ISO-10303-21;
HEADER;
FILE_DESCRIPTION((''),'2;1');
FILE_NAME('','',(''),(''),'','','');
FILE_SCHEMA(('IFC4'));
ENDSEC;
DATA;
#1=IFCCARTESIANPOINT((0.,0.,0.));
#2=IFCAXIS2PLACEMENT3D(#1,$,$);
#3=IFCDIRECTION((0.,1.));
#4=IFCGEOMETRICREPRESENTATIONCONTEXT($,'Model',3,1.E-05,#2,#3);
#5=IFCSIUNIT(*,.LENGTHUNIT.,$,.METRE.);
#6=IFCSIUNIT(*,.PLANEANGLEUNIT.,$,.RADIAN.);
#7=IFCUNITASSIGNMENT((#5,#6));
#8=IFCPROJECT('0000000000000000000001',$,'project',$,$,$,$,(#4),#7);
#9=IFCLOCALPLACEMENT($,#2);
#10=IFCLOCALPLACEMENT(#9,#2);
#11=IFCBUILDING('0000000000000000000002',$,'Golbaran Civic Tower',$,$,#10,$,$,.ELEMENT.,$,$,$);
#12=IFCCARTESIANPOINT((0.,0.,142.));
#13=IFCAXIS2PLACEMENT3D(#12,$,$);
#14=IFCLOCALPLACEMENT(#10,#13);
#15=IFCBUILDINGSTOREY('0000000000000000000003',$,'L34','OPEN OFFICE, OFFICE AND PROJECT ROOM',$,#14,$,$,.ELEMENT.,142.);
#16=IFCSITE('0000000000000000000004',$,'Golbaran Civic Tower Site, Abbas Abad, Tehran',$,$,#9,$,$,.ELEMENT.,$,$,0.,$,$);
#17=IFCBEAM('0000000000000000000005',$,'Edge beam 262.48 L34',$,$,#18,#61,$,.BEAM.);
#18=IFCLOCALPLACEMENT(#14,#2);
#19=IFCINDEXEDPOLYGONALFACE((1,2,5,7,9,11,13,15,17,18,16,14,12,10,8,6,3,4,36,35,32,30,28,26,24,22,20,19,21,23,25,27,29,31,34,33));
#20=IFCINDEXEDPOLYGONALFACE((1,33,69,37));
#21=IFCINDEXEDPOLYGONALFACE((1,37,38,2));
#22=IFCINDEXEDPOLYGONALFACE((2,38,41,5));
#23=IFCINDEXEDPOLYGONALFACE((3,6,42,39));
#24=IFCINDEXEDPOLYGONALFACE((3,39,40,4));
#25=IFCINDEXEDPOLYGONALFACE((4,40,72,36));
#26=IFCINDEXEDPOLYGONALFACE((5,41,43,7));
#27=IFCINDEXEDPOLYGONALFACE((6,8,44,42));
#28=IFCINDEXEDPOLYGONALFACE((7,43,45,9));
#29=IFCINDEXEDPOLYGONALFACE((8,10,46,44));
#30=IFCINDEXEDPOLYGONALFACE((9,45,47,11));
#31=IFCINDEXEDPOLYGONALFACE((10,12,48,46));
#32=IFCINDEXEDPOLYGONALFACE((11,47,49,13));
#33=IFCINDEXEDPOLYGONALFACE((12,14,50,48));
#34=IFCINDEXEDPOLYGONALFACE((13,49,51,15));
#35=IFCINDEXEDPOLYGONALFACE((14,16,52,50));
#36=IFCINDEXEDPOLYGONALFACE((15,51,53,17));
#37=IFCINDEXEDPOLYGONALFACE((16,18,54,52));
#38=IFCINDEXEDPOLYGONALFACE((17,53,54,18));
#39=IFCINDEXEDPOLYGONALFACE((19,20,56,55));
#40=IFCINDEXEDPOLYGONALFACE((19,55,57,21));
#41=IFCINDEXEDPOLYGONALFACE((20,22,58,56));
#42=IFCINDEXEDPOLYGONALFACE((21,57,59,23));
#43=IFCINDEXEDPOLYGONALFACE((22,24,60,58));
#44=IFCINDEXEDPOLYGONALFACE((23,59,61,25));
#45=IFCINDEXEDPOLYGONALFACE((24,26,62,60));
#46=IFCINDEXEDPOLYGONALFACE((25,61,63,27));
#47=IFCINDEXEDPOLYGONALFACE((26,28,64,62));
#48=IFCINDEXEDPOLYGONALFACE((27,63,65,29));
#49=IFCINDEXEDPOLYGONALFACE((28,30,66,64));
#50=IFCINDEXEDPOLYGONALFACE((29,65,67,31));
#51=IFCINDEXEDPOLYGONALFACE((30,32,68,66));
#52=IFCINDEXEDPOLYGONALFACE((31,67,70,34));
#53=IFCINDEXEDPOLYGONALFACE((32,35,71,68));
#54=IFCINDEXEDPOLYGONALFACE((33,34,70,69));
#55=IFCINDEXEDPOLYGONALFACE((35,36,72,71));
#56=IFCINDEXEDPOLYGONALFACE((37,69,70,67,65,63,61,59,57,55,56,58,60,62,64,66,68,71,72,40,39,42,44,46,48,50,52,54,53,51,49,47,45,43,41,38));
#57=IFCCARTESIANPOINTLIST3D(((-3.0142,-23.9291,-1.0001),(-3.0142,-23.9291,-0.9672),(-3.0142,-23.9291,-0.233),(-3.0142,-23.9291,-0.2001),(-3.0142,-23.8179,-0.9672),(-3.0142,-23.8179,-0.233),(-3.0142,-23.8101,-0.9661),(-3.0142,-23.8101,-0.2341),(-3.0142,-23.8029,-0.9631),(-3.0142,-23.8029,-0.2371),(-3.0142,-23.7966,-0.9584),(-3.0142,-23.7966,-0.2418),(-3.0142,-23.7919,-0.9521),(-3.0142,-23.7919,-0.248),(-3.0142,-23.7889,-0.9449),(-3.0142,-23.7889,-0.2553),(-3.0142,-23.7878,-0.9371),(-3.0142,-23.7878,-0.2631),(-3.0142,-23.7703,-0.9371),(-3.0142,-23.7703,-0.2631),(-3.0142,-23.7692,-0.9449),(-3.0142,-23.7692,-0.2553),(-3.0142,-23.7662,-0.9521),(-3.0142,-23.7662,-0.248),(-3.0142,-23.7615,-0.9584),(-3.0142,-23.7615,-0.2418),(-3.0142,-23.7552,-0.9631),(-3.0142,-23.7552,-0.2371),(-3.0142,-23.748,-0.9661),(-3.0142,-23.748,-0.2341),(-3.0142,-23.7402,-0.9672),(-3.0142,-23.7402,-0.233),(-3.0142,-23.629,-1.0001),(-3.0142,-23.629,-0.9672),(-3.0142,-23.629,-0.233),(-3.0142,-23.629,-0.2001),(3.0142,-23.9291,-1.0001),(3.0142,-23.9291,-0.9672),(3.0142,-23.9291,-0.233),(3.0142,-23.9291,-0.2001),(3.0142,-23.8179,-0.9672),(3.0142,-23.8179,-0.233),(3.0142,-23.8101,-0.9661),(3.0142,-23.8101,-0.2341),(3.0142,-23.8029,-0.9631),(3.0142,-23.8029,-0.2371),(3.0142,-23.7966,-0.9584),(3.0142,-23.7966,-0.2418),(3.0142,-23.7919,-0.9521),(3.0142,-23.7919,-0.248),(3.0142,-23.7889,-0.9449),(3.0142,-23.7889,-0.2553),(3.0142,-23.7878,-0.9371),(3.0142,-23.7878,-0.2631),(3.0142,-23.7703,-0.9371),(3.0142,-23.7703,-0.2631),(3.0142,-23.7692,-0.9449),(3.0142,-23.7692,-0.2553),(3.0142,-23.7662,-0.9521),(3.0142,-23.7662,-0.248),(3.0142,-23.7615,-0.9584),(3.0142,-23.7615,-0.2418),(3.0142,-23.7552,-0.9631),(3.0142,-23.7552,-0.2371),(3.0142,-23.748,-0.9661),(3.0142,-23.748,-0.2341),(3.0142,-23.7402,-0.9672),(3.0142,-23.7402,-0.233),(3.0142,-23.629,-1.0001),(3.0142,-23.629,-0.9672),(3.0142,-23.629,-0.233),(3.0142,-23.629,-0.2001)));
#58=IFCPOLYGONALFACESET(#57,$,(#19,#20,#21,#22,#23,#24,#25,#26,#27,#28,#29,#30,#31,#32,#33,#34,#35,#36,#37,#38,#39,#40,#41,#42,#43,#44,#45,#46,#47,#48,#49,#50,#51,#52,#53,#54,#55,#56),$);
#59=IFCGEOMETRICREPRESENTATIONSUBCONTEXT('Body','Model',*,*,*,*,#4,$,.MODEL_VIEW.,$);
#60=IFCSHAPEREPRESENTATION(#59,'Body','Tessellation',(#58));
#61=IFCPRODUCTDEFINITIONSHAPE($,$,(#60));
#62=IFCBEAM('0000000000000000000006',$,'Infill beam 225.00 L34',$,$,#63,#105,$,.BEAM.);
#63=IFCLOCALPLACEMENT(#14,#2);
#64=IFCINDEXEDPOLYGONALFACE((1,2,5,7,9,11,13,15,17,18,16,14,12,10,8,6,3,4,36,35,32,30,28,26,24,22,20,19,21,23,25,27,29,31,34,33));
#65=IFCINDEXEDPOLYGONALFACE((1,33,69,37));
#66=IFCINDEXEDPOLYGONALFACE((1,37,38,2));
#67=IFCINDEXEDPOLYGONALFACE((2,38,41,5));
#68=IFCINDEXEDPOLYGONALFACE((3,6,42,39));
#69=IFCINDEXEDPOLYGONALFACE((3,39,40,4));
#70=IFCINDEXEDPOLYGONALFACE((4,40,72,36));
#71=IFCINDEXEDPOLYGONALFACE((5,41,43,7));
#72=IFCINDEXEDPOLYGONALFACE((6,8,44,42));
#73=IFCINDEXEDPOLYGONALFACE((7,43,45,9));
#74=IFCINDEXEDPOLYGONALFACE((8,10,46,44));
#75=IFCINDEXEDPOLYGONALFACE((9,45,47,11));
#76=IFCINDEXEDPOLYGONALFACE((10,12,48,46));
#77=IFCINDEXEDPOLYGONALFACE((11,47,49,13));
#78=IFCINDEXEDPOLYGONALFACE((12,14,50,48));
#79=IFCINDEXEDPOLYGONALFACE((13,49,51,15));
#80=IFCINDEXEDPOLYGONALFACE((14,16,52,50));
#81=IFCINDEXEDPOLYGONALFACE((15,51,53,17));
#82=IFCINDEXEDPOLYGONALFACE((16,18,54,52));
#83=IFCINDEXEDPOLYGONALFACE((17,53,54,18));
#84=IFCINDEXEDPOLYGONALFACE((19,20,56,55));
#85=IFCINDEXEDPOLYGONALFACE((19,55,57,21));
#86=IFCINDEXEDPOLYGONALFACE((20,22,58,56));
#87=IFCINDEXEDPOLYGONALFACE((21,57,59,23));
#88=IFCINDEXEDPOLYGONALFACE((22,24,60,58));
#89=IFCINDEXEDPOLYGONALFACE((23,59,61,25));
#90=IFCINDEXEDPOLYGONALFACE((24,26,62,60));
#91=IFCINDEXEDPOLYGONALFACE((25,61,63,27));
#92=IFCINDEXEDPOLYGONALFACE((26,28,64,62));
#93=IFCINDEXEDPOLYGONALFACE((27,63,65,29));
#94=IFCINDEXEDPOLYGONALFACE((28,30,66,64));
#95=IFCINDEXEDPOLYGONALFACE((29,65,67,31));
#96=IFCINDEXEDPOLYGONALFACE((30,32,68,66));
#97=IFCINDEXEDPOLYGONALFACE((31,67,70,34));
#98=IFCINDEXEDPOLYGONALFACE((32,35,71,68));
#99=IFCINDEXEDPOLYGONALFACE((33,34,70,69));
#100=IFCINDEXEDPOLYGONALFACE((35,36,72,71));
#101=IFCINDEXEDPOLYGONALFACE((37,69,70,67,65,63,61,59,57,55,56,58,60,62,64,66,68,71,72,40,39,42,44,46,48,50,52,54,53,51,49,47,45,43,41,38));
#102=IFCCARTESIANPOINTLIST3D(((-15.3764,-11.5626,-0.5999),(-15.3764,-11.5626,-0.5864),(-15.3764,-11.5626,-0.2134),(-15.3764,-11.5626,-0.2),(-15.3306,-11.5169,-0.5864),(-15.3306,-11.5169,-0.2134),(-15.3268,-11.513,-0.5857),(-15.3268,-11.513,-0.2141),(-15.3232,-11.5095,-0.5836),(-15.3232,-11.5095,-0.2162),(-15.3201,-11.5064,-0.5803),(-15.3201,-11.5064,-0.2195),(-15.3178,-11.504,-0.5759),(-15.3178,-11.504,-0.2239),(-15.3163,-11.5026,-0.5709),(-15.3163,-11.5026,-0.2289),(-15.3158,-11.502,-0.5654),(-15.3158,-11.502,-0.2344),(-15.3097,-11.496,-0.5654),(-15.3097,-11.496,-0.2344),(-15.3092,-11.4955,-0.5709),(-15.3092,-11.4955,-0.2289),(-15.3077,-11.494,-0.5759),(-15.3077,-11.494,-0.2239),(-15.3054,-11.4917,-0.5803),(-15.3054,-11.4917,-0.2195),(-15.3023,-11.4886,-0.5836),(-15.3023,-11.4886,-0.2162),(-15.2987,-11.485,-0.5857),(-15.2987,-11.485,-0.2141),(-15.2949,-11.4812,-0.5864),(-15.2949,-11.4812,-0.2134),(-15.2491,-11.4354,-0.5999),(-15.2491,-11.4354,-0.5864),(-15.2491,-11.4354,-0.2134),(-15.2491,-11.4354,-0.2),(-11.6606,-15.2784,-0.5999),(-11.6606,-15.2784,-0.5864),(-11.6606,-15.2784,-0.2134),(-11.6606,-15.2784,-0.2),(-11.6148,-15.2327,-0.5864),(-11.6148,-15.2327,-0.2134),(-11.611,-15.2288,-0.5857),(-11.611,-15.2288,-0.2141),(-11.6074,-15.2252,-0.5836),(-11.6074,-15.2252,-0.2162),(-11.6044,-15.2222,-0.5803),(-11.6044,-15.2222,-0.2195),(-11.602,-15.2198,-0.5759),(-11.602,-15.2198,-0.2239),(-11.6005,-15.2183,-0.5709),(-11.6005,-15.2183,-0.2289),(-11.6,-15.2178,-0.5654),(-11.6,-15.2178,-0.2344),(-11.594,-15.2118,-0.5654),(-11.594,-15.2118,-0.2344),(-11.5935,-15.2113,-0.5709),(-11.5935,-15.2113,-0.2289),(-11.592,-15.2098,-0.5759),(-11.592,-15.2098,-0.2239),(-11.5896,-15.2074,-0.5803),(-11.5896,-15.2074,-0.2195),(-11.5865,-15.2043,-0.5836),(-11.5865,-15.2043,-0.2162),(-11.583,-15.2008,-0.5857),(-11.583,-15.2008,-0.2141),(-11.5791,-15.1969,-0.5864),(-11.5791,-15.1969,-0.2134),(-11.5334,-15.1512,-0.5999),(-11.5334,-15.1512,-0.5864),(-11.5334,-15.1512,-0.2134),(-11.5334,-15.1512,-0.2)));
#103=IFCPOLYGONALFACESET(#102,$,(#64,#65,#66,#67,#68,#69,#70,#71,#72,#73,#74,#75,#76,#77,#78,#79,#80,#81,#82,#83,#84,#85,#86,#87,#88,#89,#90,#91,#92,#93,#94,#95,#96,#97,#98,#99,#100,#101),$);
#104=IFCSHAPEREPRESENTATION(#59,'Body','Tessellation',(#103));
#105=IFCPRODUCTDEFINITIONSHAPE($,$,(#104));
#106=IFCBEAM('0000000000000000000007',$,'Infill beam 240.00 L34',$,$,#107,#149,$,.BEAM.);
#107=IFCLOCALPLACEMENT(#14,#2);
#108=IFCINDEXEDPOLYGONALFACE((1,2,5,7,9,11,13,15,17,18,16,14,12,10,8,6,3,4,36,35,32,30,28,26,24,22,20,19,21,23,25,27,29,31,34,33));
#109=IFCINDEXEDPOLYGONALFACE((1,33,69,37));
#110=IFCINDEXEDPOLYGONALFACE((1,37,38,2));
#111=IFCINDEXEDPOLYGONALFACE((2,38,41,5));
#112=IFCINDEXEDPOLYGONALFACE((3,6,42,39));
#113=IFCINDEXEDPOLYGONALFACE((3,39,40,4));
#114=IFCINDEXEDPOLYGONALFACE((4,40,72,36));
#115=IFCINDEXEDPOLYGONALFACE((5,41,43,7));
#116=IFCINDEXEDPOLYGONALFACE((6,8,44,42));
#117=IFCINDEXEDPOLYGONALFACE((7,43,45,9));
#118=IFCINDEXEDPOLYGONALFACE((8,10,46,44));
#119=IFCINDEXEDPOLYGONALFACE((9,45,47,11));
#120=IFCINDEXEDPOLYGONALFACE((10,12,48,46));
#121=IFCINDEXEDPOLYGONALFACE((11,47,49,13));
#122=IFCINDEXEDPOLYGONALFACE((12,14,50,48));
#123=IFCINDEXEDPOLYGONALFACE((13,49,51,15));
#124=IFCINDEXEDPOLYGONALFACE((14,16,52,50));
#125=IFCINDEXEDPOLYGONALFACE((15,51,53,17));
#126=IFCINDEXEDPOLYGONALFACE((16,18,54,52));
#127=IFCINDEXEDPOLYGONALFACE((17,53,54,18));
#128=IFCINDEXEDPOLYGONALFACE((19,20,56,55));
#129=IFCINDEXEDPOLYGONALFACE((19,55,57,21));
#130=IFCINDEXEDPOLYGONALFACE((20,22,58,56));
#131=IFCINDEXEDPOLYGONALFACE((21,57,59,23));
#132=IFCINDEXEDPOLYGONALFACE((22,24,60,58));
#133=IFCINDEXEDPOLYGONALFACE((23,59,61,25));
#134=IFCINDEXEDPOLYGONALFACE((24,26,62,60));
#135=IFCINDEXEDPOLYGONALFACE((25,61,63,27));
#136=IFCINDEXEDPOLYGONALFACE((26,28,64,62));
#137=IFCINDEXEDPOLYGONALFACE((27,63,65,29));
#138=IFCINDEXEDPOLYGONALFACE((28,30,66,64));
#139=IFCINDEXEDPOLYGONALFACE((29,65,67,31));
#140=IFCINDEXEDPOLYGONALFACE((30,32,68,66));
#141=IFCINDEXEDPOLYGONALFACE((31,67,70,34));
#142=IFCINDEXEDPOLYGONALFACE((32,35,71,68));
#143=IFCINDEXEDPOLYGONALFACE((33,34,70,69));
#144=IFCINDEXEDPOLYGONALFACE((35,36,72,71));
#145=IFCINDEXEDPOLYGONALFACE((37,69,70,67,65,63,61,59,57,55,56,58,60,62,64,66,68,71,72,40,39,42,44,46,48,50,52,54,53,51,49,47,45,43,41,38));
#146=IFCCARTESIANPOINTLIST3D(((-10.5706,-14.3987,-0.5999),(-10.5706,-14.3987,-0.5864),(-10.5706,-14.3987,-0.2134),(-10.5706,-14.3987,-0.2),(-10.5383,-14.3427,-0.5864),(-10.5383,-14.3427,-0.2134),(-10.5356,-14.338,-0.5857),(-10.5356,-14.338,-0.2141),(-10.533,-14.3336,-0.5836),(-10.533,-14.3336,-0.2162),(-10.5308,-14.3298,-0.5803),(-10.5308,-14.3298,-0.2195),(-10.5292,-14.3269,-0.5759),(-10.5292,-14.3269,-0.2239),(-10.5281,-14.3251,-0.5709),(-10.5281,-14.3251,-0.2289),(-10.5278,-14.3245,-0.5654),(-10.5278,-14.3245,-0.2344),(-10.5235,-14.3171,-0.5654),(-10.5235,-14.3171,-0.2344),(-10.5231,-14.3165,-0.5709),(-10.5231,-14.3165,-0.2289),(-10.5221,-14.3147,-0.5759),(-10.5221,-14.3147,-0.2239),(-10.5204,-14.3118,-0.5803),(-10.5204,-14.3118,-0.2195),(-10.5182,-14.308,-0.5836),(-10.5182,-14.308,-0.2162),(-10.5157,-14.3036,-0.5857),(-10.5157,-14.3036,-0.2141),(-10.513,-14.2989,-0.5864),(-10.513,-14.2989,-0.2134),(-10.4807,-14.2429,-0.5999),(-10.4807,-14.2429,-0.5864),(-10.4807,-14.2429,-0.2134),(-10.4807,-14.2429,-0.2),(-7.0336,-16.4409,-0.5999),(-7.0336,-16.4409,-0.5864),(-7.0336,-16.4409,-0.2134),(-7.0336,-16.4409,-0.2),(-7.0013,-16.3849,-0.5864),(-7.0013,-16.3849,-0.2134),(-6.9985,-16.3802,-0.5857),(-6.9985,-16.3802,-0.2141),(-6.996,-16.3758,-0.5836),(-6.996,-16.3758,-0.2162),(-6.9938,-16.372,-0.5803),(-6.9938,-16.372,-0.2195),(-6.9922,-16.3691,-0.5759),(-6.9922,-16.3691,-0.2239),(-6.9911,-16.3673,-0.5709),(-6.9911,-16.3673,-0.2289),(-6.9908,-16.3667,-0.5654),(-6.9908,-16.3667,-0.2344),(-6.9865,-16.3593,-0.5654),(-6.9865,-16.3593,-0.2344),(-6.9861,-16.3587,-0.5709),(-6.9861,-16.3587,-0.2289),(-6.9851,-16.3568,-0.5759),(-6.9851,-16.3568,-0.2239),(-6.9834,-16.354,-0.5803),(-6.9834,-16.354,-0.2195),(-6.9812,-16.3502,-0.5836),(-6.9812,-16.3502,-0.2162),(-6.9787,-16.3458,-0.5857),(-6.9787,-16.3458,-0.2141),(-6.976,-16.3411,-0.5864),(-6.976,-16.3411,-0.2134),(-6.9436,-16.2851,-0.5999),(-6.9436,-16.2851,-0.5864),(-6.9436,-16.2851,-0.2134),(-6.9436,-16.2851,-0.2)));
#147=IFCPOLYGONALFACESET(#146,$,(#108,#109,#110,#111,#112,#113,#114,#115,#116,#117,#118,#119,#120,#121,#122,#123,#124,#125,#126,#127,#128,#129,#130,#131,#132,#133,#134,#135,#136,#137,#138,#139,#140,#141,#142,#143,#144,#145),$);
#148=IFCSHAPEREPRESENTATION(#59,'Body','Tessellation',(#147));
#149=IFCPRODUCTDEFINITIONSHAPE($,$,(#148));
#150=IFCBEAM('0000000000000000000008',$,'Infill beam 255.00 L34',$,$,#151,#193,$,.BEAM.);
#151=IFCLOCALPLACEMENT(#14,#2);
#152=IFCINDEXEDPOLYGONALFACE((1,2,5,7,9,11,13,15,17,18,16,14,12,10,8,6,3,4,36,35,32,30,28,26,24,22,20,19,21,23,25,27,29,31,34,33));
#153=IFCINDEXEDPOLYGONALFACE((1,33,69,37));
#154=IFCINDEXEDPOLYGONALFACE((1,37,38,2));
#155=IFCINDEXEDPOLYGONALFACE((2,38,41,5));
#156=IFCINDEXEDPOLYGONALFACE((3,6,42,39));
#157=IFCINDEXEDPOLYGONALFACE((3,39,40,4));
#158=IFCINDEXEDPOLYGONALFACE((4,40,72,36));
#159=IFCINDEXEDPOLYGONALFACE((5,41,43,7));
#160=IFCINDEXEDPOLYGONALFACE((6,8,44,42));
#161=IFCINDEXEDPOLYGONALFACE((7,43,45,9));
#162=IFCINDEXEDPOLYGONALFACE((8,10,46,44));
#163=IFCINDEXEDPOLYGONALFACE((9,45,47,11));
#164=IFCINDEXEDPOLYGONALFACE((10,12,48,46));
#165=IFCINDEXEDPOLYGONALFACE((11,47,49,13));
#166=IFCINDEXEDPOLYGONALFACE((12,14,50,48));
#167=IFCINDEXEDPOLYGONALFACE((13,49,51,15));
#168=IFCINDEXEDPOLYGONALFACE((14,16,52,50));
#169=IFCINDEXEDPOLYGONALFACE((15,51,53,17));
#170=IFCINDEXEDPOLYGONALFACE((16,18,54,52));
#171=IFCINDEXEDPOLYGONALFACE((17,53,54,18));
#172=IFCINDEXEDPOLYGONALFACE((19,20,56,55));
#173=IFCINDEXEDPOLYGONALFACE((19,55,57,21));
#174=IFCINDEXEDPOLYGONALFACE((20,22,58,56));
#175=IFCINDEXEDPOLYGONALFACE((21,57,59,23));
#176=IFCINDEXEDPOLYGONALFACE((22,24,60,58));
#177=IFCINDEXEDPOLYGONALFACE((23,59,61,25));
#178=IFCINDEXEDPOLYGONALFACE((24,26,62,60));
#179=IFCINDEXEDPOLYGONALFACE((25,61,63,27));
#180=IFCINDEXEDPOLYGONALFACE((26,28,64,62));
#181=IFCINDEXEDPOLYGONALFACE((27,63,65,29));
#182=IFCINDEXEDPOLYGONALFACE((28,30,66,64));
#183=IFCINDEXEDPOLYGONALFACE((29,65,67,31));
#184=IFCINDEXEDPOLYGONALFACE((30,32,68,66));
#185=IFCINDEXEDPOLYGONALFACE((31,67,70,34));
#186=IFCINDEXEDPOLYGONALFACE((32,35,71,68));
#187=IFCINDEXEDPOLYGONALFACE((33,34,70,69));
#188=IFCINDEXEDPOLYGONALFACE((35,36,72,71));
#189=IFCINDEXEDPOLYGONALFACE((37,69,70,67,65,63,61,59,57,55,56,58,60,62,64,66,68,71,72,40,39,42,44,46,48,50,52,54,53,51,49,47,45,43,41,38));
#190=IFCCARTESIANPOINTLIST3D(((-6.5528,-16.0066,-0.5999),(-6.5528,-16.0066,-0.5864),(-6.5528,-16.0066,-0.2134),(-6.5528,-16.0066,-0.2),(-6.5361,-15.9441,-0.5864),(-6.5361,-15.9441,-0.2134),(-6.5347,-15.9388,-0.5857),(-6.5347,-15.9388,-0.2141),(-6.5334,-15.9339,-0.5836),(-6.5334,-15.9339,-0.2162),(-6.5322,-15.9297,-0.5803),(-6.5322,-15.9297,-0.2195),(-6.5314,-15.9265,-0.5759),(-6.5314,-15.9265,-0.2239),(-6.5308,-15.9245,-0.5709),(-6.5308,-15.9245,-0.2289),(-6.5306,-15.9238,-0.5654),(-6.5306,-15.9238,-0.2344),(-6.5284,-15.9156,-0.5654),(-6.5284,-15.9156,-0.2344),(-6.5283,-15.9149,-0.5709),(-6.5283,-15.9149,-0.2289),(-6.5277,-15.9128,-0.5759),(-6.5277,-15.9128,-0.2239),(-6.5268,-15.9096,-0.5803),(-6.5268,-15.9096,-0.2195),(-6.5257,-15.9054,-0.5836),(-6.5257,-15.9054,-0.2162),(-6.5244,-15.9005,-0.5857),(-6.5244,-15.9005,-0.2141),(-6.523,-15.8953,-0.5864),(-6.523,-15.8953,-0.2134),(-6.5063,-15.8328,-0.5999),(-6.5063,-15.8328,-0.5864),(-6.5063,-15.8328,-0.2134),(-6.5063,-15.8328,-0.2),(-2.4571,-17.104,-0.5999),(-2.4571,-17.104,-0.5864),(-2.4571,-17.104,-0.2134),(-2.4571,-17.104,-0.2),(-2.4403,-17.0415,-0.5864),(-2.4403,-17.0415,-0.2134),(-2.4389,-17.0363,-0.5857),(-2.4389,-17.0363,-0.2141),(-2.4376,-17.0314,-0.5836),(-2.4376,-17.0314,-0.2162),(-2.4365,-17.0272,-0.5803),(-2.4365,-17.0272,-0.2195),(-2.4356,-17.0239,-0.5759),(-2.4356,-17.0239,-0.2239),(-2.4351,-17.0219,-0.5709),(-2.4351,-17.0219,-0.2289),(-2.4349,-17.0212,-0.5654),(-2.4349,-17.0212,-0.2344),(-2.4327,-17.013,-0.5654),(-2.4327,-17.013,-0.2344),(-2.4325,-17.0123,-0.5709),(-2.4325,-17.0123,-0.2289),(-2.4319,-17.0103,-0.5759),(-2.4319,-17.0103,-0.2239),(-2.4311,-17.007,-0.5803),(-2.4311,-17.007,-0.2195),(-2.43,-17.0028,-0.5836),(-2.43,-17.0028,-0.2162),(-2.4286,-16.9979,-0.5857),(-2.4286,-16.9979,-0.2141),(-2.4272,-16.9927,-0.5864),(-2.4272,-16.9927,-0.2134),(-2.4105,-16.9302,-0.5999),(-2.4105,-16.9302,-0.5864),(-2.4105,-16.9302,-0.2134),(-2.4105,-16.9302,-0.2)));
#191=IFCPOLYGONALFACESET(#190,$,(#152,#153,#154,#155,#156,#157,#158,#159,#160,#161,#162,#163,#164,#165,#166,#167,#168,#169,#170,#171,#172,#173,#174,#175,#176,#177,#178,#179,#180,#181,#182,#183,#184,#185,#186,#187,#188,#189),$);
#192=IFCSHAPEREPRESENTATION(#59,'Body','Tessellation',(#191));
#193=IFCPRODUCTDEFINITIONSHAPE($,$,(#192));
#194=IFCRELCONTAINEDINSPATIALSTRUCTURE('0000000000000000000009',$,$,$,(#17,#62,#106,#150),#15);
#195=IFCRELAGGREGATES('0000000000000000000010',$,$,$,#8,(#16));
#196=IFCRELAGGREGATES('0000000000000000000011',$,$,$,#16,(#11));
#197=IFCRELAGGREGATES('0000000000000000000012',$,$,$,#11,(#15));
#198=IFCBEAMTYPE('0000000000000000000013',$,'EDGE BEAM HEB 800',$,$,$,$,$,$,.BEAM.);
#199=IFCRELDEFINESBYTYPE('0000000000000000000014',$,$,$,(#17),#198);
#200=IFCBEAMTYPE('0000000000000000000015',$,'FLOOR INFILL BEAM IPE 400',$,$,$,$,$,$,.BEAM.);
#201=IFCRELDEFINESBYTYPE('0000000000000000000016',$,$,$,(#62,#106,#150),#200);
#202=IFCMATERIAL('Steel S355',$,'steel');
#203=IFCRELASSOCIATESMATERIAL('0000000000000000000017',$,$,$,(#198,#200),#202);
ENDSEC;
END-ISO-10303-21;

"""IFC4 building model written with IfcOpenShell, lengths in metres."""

from ifc_helpers import new_model, si_unit, direction, frame, origin, origin_2d, place, context, subcontext, project, spatial, i_section, extrude, material, material_profile, profile_set, type_object, element, save


model = new_model("IFC4")

# Units and contexts
model_context = context("Model", 3, precision=1e-05, world=origin(), true_north=direction((0.0, 1.0)))
body_context = subcontext(model_context, "Body", "Model", "MODEL_VIEW")
ifc_project = project(units=[si_unit("LENGTHUNIT", "METRE"), si_unit("PLANEANGLEUNIT", "RADIAN")], contexts=[model_context])

# Site, building, storey
site_placement = place(None, origin())
site = spatial("IfcSite", under=ifc_project, at=site_placement, Name="Golbaran Civic Tower Site, Abbas Abad, Tehran", CompositionType="ELEMENT", RefElevation=0.0)
building_placement = place(site_placement, origin())
building = spatial("IfcBuilding", under=site, at=building_placement, Name="Golbaran Civic Tower", CompositionType="ELEMENT")
storey_placement = place(building_placement, frame((0.0, 0.0, 142.0)))
storey = spatial("IfcBuildingStorey", under=building, at=storey_placement, Name="L34", Description="OPEN OFFICE, OFFICE AND PROJECT ROOM", CompositionType="ELEMENT", Elevation=142.0)

# Beams
ifc_material_1 = material(Name="Steel S355", Category="steel")
ifc_material_profile_1 = material_profile(ifc_material_1, i_section(OverallWidth=0.3, OverallDepth=0.8, WebThickness=0.0176, FlangeThickness=0.033, FilletRadius=0.03, at=origin_2d()), Name="HEB 800")
ifc_profile_set_1 = profile_set([ifc_material_profile_1], Name="Steel S355")
beam_type_1 = type_object("IfcBeamType", Name="EDGE BEAM HEB 800", PredefinedType="BEAM", material=ifc_profile_set_1)
beam_1_placement = place(storey_placement, frame((-3.0142, -23.7791, -0.6001), z_axis=(1.0, 0.0, 0.0), x_axis=(0.0, 1.0, 0.0)))
element("IfcBeam", 1, at=beam_1_placement, inside=storey, type_object=beam_type_1, Name="Edge beam 262.48 L34", PredefinedType="BEAM", context=body_context, shape_type="SweptSolid", body=[
    extrude(i_section(OverallWidth=0.3, OverallDepth=0.8, WebThickness=0.0176, FlangeThickness=0.033, FilletRadius=0.03, at=origin_2d()), origin(), (0.0, 0.0, 1.0), 6.0283),
])
ifc_material_profile_2 = material_profile(ifc_material_1, i_section(OverallWidth=0.1799, OverallDepth=0.3999, WebThickness=0.0085, FlangeThickness=0.0134, FilletRadius=0.021, at=origin_2d()), Name="IPE 400")
ifc_profile_set_2 = profile_set([ifc_material_profile_2], Name="Steel S355")
beam_type_2 = type_object("IfcBeamType", Name="FLOOR INFILL BEAM IPE 400", PredefinedType="BEAM", material=ifc_profile_set_2)
beam_2_placement = place(storey_placement, frame((-15.3127, -11.499, -0.3999), z_axis=(0.707107, -0.707107, 0.0), x_axis=(0.707107, 0.707107, 0.0)))
element("IfcBeam", 2, at=beam_2_placement, inside=storey, type_object=beam_type_2, Name="Infill beam 225.00 L34", PredefinedType="BEAM", context=body_context, shape_type="SweptSolid", body=[
    extrude(i_section(OverallWidth=0.1799, OverallDepth=0.3999, WebThickness=0.0085, FlangeThickness=0.0134, FilletRadius=0.021, at=origin_2d()), origin(), (0.0, 0.0, 1.0), 5.2549),
])
beam_3_placement = place(storey_placement, frame((-10.5256, -14.3208, -0.3999), z_axis=(0.866016, -0.500016, 0.0), x_axis=(0.500016, 0.866016, 0.0)))
element("IfcBeam", 3, at=beam_3_placement, inside=storey, type_object=beam_type_2, Name="Infill beam 240.00 L34", PredefinedType="BEAM", context=body_context, shape_type="SweptSolid", body=[
    extrude(i_section(OverallWidth=0.1799, OverallDepth=0.3999, WebThickness=0.0085, FlangeThickness=0.0134, FilletRadius=0.021, at=origin_2d()), origin(), (0.0, 0.0, 1.0), 4.0842),
])
beam_4_placement = place(storey_placement, frame((-6.5295, -15.9197, -0.3999), z_axis=(0.965927, -0.258813, 0.0), x_axis=(0.258813, 0.965927, 0.0)))
element("IfcBeam", 4, at=beam_4_placement, inside=storey, type_object=beam_type_2, Name="Infill beam 255.00 L34", PredefinedType="BEAM", context=body_context, shape_type="SweptSolid", body=[
    extrude(i_section(OverallWidth=0.1799, OverallDepth=0.3999, WebThickness=0.0085, FlangeThickness=0.0134, FilletRadius=0.021, at=origin_2d()), origin(), (0.0, 0.0, 1.0), 4.2402),
])

save(model, "model.ifc")
